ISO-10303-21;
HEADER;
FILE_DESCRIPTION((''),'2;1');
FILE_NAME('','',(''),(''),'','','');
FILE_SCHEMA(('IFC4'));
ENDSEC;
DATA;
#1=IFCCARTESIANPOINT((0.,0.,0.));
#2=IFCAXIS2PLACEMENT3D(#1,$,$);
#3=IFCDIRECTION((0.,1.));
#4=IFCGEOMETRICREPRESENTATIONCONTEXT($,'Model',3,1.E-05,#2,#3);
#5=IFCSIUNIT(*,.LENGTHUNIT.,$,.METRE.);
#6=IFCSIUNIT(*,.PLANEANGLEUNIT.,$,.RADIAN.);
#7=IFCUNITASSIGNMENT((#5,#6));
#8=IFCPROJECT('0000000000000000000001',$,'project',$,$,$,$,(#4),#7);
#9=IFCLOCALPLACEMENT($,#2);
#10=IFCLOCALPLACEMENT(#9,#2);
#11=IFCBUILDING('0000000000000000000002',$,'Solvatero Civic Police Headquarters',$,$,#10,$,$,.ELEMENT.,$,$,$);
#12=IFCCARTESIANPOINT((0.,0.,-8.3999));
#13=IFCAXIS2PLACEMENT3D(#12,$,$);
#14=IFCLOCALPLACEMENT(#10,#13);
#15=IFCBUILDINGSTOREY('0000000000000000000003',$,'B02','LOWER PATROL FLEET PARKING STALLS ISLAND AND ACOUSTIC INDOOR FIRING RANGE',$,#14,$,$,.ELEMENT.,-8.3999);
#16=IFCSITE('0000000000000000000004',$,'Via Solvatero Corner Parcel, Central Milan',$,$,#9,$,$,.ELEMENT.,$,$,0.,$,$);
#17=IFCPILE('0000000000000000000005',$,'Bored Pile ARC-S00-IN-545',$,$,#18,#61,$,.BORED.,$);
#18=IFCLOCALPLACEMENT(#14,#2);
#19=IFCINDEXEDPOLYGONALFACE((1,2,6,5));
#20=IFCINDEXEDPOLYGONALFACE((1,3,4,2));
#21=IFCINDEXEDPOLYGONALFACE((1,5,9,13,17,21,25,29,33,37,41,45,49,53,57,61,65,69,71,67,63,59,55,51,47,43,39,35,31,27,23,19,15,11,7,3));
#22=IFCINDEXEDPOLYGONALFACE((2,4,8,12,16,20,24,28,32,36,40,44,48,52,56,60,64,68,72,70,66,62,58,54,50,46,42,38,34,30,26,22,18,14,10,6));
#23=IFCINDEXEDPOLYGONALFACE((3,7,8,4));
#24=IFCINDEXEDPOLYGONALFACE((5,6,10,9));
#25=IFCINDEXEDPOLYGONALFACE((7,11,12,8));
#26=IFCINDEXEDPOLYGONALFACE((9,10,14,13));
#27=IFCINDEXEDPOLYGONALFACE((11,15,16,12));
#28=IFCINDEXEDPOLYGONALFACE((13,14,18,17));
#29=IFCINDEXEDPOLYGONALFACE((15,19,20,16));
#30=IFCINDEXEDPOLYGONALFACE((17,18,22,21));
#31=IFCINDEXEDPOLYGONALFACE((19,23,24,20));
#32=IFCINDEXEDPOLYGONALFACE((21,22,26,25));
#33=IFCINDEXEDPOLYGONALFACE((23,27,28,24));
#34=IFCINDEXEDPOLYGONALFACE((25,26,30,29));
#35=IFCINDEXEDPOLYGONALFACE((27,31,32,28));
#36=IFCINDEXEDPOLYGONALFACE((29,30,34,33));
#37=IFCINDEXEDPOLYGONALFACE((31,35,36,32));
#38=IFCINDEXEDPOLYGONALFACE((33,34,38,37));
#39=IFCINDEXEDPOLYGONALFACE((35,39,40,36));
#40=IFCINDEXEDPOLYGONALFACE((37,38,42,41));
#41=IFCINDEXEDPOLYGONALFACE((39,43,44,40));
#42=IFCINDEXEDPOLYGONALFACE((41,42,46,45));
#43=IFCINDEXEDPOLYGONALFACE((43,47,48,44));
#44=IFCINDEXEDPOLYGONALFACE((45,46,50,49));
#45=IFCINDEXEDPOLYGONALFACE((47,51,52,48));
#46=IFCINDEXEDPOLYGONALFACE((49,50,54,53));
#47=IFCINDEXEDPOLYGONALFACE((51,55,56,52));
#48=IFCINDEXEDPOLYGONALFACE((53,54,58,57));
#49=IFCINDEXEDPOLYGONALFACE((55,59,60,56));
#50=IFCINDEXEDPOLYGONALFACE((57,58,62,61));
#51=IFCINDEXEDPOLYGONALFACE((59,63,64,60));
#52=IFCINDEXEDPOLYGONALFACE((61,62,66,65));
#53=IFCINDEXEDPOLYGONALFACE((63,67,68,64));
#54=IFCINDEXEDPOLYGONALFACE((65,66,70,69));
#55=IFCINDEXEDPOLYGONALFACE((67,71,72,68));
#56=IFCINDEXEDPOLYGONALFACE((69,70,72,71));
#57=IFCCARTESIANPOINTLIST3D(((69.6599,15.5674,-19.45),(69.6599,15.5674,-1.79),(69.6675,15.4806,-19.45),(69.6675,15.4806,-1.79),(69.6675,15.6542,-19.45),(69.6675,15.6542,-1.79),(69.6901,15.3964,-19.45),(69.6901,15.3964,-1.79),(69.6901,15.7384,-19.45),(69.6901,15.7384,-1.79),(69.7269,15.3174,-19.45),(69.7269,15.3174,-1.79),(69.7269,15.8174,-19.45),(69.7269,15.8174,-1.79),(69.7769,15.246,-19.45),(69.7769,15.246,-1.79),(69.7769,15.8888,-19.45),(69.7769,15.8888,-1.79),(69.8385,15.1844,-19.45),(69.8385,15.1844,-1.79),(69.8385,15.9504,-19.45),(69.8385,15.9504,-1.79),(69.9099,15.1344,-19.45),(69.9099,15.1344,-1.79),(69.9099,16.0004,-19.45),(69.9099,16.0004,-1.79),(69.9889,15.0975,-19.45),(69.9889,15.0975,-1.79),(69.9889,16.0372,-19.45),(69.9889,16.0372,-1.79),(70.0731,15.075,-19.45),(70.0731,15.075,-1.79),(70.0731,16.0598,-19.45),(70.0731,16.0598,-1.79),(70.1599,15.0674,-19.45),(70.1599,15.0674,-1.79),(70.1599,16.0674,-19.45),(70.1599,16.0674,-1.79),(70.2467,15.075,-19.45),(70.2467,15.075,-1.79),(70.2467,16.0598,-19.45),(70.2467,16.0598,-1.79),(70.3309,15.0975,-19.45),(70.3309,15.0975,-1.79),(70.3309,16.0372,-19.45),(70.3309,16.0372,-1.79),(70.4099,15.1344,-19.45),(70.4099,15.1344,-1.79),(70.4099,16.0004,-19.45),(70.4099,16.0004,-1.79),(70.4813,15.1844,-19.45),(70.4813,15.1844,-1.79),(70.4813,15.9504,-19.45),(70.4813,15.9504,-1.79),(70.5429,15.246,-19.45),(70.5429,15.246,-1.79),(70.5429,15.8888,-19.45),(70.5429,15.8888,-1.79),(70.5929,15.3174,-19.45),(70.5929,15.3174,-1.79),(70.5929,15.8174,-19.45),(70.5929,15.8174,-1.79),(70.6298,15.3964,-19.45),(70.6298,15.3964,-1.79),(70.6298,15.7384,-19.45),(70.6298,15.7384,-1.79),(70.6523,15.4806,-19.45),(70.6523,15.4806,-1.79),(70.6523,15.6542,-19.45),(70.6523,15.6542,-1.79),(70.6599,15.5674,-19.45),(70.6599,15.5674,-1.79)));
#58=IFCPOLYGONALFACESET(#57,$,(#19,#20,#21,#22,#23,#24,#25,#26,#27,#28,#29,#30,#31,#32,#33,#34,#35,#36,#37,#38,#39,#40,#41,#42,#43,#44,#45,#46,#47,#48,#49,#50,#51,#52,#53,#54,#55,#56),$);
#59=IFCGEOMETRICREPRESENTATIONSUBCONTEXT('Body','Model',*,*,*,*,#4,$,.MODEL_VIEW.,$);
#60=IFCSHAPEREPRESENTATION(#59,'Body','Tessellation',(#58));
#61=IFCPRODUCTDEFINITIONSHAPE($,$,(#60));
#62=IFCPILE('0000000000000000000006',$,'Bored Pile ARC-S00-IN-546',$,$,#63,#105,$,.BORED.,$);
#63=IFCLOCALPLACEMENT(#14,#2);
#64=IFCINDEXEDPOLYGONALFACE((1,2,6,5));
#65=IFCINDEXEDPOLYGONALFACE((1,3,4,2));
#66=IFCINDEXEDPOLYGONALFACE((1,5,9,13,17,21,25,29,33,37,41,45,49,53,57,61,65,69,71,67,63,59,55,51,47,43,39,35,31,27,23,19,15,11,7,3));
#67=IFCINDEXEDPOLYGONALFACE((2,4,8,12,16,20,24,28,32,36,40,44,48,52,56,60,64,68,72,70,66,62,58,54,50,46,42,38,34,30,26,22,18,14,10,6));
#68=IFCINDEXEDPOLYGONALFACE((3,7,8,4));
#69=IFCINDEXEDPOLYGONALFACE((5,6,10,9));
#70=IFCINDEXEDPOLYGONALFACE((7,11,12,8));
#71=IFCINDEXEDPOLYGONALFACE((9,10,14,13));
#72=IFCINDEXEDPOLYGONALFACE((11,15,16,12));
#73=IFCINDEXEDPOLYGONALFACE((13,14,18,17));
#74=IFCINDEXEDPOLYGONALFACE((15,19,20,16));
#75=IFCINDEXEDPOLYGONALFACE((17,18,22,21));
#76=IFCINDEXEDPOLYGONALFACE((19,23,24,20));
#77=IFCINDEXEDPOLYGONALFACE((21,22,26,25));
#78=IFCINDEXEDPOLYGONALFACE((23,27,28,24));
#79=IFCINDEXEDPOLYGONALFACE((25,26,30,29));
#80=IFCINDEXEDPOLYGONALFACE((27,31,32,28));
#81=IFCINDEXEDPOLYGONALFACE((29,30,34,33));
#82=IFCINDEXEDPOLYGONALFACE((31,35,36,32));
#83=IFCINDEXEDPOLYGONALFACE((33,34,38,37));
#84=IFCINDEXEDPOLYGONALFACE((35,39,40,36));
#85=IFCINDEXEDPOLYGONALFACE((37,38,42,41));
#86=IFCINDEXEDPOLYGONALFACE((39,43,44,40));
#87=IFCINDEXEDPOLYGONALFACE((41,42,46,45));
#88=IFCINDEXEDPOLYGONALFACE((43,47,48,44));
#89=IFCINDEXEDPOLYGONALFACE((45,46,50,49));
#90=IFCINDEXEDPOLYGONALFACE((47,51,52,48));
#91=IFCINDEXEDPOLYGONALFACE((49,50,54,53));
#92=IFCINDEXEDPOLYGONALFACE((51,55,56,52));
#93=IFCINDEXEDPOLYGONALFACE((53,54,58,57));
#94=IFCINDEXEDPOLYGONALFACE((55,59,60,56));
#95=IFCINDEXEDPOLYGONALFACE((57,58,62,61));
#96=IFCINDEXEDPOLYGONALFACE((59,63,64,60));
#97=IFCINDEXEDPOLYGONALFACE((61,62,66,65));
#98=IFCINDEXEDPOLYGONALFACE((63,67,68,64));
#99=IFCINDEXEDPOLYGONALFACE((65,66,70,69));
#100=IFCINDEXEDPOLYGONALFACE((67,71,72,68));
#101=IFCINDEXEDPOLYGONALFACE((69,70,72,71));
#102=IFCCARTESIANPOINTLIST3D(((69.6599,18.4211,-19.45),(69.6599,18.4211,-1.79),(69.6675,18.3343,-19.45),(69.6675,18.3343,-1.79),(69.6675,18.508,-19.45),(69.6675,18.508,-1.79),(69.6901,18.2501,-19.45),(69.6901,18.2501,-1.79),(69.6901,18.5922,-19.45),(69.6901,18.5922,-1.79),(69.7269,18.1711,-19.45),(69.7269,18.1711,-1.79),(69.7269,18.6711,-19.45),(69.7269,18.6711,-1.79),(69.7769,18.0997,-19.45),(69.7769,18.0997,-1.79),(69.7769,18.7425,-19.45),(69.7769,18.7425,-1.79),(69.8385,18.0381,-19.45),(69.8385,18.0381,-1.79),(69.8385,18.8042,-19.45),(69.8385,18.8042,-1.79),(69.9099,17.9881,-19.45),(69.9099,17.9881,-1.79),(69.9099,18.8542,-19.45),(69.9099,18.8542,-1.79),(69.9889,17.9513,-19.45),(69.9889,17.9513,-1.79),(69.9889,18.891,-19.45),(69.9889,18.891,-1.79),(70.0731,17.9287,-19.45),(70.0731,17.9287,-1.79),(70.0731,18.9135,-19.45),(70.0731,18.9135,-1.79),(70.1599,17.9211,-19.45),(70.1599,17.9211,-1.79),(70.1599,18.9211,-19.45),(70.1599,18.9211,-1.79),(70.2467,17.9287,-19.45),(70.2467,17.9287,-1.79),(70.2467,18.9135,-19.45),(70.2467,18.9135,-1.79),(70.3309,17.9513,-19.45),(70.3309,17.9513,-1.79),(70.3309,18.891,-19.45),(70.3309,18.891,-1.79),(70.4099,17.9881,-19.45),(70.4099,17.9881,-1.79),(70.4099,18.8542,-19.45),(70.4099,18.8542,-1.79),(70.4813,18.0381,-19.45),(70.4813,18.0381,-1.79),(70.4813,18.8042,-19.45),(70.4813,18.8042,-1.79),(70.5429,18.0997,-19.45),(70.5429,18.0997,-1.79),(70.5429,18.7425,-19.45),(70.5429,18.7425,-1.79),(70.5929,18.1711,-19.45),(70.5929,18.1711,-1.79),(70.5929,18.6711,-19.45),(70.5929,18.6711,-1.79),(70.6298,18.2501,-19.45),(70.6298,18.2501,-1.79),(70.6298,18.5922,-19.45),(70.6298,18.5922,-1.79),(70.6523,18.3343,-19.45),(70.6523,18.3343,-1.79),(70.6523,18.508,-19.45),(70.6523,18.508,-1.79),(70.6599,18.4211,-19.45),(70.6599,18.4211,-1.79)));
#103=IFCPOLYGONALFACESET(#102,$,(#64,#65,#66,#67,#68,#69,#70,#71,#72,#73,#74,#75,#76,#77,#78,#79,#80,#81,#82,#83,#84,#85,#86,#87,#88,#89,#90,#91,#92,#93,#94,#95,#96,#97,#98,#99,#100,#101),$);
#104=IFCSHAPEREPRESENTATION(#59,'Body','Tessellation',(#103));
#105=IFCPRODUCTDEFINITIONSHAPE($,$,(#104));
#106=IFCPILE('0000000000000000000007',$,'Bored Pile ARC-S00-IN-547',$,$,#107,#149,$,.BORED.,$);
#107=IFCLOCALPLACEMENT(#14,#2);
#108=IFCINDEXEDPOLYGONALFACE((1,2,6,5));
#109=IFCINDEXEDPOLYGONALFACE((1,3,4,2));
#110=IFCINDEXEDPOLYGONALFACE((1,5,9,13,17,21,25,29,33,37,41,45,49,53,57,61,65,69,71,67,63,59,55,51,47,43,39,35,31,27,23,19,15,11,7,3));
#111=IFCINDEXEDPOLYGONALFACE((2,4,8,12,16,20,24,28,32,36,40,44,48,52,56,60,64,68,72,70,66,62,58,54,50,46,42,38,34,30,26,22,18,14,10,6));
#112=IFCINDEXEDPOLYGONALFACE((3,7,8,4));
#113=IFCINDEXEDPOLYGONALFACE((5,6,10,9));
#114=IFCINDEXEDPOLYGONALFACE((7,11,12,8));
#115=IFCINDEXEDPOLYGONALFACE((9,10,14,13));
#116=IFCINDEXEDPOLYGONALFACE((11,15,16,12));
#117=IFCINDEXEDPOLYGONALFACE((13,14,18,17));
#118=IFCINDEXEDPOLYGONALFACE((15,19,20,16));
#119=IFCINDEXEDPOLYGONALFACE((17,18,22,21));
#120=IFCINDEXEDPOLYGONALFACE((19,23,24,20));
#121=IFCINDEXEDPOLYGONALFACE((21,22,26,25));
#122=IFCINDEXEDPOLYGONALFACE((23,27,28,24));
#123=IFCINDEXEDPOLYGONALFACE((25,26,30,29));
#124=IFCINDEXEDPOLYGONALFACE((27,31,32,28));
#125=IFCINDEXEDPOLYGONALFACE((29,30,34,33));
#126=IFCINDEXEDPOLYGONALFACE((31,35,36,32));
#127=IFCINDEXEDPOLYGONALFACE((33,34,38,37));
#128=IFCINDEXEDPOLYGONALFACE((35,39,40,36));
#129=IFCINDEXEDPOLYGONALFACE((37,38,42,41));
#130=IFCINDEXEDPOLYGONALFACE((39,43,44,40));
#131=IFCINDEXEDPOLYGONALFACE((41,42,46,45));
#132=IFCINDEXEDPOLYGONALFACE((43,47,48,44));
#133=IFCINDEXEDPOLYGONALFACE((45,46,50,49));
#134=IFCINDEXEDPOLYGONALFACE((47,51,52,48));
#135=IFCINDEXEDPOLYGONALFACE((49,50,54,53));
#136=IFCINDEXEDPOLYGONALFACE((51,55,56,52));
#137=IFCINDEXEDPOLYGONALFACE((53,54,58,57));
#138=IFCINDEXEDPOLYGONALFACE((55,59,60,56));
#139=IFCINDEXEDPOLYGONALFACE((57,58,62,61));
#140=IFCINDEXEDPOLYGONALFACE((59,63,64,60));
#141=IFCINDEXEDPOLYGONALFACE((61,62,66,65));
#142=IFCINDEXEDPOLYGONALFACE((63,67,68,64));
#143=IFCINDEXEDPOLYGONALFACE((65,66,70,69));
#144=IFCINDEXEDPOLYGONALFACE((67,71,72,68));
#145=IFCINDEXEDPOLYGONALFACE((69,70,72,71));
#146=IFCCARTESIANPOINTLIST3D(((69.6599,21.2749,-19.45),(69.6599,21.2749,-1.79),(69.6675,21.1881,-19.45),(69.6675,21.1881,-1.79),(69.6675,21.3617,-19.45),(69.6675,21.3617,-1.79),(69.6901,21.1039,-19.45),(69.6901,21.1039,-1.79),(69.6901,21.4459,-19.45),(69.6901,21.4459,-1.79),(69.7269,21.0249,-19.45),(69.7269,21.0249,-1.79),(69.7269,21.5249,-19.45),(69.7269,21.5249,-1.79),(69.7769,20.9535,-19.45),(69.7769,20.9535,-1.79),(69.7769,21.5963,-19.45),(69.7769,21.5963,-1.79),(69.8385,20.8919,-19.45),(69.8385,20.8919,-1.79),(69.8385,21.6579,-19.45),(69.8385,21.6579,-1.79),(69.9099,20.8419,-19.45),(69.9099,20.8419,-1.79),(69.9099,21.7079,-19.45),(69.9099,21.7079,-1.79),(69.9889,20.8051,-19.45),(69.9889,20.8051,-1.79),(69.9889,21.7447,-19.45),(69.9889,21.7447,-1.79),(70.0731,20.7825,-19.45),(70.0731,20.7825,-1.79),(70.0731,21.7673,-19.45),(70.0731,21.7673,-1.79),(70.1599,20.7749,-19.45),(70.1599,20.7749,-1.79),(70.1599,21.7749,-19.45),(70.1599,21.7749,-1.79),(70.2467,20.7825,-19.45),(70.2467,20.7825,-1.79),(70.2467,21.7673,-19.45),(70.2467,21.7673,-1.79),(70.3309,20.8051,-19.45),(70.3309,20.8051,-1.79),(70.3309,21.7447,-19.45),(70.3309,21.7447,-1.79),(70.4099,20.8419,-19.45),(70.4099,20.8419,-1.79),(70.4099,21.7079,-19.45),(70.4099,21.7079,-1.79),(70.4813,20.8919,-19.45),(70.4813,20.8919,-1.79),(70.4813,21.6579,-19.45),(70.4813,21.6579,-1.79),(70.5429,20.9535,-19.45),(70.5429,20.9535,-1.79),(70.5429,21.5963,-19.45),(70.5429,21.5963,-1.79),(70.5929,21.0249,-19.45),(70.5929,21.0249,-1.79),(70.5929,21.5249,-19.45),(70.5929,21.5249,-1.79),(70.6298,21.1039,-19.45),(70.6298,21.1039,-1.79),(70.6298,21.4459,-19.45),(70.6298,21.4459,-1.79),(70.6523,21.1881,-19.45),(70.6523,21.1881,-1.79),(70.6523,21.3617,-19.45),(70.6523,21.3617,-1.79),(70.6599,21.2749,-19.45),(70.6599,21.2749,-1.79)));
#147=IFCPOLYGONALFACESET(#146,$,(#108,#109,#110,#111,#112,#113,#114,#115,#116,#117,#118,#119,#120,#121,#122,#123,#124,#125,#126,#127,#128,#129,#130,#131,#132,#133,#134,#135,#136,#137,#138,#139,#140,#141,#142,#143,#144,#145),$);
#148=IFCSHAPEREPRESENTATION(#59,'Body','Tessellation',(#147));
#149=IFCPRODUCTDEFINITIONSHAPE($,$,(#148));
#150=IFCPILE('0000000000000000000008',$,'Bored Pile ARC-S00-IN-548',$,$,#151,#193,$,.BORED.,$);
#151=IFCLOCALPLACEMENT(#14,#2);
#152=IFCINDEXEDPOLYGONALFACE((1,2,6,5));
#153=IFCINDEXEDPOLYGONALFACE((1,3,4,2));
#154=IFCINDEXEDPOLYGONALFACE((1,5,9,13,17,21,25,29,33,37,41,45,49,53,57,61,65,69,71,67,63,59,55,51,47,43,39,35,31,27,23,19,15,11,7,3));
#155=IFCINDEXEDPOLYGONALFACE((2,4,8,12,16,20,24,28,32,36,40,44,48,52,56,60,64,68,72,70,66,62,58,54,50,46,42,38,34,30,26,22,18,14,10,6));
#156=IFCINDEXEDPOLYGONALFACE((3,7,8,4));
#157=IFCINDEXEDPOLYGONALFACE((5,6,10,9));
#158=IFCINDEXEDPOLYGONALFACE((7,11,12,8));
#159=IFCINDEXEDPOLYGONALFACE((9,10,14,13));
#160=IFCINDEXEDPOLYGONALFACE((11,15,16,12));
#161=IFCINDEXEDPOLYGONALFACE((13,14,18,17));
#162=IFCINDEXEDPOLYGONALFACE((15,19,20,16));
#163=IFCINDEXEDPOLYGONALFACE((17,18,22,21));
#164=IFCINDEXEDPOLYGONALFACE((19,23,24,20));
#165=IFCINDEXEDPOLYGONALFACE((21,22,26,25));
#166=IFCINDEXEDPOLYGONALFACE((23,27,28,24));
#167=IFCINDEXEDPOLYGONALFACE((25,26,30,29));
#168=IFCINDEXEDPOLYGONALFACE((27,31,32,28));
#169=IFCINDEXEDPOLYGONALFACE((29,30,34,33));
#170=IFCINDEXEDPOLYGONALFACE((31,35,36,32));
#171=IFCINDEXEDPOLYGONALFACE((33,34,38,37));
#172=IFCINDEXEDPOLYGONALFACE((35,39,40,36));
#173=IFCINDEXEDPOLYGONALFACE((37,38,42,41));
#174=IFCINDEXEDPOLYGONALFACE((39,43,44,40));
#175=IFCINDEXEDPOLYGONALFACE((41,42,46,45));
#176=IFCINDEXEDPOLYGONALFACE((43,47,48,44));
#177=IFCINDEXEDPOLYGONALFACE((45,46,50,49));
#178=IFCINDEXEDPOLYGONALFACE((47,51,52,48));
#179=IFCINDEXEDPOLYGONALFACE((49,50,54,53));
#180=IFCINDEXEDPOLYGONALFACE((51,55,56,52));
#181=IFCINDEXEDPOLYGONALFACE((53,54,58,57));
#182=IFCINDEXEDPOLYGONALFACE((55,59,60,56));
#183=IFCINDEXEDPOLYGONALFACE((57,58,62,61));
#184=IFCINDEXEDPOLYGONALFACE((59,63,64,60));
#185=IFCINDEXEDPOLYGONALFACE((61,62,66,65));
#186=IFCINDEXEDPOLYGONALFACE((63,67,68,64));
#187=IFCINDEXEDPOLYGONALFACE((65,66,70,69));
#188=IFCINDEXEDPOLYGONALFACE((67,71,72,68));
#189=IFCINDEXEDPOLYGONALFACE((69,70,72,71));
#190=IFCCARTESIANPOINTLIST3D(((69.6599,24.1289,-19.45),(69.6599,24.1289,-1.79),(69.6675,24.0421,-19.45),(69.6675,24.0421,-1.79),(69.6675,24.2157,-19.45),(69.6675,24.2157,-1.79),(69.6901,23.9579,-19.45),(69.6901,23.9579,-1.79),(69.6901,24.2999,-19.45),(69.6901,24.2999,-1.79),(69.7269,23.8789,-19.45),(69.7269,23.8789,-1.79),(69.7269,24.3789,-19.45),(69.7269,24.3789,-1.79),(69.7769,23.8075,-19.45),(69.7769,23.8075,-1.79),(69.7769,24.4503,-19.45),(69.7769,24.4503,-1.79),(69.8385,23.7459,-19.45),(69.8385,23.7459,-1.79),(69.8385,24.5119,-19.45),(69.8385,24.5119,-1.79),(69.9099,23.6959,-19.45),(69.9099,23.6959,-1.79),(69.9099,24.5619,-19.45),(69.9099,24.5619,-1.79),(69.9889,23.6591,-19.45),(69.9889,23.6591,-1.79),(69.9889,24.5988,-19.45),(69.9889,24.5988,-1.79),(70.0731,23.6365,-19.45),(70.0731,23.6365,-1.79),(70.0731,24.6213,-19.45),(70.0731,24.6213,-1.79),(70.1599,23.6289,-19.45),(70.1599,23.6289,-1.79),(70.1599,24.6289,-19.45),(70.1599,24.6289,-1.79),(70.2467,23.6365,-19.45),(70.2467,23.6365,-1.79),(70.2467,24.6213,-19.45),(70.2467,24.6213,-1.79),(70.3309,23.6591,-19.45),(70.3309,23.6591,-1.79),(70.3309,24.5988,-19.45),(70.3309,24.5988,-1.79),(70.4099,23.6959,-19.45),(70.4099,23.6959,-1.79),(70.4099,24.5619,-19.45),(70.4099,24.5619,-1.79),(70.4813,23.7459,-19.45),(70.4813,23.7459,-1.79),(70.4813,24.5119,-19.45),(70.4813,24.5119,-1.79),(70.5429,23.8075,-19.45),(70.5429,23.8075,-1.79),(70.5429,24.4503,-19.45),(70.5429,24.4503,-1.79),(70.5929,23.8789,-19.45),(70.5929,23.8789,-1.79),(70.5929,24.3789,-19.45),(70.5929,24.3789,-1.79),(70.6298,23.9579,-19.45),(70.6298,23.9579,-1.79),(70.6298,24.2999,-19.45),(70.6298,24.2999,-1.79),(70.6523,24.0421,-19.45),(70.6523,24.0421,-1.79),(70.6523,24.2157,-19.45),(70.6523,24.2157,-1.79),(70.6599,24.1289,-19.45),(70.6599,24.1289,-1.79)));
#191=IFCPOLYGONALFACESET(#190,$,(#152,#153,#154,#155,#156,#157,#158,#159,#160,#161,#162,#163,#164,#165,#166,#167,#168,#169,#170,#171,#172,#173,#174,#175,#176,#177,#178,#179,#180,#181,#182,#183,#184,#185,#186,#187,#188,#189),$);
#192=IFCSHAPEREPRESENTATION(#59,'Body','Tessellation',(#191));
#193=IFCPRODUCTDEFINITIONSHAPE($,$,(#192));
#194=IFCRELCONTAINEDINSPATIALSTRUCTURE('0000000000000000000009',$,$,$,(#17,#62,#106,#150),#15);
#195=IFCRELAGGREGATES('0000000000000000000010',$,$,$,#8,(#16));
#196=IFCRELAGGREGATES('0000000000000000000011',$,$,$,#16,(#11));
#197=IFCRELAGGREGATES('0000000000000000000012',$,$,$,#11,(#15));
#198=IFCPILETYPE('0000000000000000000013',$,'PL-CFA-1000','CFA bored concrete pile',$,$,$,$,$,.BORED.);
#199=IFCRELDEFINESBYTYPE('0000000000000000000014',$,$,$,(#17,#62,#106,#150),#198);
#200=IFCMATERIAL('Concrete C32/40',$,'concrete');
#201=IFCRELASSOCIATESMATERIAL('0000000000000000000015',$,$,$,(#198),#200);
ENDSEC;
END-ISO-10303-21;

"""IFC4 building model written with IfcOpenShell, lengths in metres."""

from ifc_helpers import new_model, si_unit, direction, frame, origin, origin_2d, place, context, subcontext, project, spatial, circle, extrude, material, material_profile, profile_set, type_object, element, save


model = new_model("IFC4")

# Units and contexts
model_context = context("Model", 3, precision=1e-05, world=origin(), true_north=direction((0.0, 1.0)))
body_context = subcontext(model_context, "Body", "Model", "MODEL_VIEW")
ifc_project = project(units=[si_unit("LENGTHUNIT", "METRE"), si_unit("PLANEANGLEUNIT", "RADIAN")], contexts=[model_context])

# Site, building, storey
site_placement = place(None, origin())
site = spatial("IfcSite", under=ifc_project, at=site_placement, Name="Via Solvatero Corner Parcel, Central Milan", CompositionType="ELEMENT", RefElevation=0.0)
building_placement = place(site_placement, origin())
building = spatial("IfcBuilding", under=site, at=building_placement, Name="Solvatero Civic Police Headquarters", CompositionType="ELEMENT")
storey_placement = place(building_placement, frame((0.0, 0.0, -8.3999)))
storey = spatial("IfcBuildingStorey", under=building, at=storey_placement, Name="B02", Description="LOWER PATROL FLEET PARKING STALLS ISLAND AND ACOUSTIC INDOOR FIRING RANGE", CompositionType="ELEMENT", Elevation=-8.3999)

# Piles
ifc_material_1 = material(Name="Concrete C32/40", Category="concrete")
ifc_material_profile_1 = material_profile(ifc_material_1, circle(Radius=0.5, at=origin_2d()), Name="CFA PILE D1000")
ifc_profile_set_1 = profile_set([ifc_material_profile_1], Name="Concrete C32/40")
pile_type = type_object("IfcPileType", Name="PL-CFA-1000", Description="CFA bored concrete pile", PredefinedType="BORED", material=ifc_profile_set_1)
for number, where, z_axis, x_axis, name in (
    (1, (70.1599, 15.5674, -1.79), (0.0, 0.0, -1.0), (1.0, 0.0, 0.0), "Bored Pile ARC-S00-IN-545"),
    (2, (70.1599, 18.4211, -1.79), (0.0, 0.0, -1.0), (1.0, 0.0, 0.0), "Bored Pile ARC-S00-IN-546"),
    (3, (70.1599, 21.2749, -1.79), (0.0, 0.0, -1.0), (1.0, 0.0, 0.0), "Bored Pile ARC-S00-IN-547"),
    (4, (70.1599, 24.1289, -1.79), (0.0, 0.0, -1.0), (1.0, 0.0, 0.0), "Bored Pile ARC-S00-IN-548"),
):
    element("IfcPile", number, at=place(storey_placement, frame(where, z_axis=z_axis, x_axis=x_axis)), inside=storey, type_object=pile_type, Name=name, PredefinedType="BORED", context=body_context, shape_type="SweptSolid", body=[
        extrude(circle(Radius=0.5, at=origin_2d()), origin(), (0.0, 0.0, 1.0), 17.6599),
    ])

save(model, "model.ifc")
